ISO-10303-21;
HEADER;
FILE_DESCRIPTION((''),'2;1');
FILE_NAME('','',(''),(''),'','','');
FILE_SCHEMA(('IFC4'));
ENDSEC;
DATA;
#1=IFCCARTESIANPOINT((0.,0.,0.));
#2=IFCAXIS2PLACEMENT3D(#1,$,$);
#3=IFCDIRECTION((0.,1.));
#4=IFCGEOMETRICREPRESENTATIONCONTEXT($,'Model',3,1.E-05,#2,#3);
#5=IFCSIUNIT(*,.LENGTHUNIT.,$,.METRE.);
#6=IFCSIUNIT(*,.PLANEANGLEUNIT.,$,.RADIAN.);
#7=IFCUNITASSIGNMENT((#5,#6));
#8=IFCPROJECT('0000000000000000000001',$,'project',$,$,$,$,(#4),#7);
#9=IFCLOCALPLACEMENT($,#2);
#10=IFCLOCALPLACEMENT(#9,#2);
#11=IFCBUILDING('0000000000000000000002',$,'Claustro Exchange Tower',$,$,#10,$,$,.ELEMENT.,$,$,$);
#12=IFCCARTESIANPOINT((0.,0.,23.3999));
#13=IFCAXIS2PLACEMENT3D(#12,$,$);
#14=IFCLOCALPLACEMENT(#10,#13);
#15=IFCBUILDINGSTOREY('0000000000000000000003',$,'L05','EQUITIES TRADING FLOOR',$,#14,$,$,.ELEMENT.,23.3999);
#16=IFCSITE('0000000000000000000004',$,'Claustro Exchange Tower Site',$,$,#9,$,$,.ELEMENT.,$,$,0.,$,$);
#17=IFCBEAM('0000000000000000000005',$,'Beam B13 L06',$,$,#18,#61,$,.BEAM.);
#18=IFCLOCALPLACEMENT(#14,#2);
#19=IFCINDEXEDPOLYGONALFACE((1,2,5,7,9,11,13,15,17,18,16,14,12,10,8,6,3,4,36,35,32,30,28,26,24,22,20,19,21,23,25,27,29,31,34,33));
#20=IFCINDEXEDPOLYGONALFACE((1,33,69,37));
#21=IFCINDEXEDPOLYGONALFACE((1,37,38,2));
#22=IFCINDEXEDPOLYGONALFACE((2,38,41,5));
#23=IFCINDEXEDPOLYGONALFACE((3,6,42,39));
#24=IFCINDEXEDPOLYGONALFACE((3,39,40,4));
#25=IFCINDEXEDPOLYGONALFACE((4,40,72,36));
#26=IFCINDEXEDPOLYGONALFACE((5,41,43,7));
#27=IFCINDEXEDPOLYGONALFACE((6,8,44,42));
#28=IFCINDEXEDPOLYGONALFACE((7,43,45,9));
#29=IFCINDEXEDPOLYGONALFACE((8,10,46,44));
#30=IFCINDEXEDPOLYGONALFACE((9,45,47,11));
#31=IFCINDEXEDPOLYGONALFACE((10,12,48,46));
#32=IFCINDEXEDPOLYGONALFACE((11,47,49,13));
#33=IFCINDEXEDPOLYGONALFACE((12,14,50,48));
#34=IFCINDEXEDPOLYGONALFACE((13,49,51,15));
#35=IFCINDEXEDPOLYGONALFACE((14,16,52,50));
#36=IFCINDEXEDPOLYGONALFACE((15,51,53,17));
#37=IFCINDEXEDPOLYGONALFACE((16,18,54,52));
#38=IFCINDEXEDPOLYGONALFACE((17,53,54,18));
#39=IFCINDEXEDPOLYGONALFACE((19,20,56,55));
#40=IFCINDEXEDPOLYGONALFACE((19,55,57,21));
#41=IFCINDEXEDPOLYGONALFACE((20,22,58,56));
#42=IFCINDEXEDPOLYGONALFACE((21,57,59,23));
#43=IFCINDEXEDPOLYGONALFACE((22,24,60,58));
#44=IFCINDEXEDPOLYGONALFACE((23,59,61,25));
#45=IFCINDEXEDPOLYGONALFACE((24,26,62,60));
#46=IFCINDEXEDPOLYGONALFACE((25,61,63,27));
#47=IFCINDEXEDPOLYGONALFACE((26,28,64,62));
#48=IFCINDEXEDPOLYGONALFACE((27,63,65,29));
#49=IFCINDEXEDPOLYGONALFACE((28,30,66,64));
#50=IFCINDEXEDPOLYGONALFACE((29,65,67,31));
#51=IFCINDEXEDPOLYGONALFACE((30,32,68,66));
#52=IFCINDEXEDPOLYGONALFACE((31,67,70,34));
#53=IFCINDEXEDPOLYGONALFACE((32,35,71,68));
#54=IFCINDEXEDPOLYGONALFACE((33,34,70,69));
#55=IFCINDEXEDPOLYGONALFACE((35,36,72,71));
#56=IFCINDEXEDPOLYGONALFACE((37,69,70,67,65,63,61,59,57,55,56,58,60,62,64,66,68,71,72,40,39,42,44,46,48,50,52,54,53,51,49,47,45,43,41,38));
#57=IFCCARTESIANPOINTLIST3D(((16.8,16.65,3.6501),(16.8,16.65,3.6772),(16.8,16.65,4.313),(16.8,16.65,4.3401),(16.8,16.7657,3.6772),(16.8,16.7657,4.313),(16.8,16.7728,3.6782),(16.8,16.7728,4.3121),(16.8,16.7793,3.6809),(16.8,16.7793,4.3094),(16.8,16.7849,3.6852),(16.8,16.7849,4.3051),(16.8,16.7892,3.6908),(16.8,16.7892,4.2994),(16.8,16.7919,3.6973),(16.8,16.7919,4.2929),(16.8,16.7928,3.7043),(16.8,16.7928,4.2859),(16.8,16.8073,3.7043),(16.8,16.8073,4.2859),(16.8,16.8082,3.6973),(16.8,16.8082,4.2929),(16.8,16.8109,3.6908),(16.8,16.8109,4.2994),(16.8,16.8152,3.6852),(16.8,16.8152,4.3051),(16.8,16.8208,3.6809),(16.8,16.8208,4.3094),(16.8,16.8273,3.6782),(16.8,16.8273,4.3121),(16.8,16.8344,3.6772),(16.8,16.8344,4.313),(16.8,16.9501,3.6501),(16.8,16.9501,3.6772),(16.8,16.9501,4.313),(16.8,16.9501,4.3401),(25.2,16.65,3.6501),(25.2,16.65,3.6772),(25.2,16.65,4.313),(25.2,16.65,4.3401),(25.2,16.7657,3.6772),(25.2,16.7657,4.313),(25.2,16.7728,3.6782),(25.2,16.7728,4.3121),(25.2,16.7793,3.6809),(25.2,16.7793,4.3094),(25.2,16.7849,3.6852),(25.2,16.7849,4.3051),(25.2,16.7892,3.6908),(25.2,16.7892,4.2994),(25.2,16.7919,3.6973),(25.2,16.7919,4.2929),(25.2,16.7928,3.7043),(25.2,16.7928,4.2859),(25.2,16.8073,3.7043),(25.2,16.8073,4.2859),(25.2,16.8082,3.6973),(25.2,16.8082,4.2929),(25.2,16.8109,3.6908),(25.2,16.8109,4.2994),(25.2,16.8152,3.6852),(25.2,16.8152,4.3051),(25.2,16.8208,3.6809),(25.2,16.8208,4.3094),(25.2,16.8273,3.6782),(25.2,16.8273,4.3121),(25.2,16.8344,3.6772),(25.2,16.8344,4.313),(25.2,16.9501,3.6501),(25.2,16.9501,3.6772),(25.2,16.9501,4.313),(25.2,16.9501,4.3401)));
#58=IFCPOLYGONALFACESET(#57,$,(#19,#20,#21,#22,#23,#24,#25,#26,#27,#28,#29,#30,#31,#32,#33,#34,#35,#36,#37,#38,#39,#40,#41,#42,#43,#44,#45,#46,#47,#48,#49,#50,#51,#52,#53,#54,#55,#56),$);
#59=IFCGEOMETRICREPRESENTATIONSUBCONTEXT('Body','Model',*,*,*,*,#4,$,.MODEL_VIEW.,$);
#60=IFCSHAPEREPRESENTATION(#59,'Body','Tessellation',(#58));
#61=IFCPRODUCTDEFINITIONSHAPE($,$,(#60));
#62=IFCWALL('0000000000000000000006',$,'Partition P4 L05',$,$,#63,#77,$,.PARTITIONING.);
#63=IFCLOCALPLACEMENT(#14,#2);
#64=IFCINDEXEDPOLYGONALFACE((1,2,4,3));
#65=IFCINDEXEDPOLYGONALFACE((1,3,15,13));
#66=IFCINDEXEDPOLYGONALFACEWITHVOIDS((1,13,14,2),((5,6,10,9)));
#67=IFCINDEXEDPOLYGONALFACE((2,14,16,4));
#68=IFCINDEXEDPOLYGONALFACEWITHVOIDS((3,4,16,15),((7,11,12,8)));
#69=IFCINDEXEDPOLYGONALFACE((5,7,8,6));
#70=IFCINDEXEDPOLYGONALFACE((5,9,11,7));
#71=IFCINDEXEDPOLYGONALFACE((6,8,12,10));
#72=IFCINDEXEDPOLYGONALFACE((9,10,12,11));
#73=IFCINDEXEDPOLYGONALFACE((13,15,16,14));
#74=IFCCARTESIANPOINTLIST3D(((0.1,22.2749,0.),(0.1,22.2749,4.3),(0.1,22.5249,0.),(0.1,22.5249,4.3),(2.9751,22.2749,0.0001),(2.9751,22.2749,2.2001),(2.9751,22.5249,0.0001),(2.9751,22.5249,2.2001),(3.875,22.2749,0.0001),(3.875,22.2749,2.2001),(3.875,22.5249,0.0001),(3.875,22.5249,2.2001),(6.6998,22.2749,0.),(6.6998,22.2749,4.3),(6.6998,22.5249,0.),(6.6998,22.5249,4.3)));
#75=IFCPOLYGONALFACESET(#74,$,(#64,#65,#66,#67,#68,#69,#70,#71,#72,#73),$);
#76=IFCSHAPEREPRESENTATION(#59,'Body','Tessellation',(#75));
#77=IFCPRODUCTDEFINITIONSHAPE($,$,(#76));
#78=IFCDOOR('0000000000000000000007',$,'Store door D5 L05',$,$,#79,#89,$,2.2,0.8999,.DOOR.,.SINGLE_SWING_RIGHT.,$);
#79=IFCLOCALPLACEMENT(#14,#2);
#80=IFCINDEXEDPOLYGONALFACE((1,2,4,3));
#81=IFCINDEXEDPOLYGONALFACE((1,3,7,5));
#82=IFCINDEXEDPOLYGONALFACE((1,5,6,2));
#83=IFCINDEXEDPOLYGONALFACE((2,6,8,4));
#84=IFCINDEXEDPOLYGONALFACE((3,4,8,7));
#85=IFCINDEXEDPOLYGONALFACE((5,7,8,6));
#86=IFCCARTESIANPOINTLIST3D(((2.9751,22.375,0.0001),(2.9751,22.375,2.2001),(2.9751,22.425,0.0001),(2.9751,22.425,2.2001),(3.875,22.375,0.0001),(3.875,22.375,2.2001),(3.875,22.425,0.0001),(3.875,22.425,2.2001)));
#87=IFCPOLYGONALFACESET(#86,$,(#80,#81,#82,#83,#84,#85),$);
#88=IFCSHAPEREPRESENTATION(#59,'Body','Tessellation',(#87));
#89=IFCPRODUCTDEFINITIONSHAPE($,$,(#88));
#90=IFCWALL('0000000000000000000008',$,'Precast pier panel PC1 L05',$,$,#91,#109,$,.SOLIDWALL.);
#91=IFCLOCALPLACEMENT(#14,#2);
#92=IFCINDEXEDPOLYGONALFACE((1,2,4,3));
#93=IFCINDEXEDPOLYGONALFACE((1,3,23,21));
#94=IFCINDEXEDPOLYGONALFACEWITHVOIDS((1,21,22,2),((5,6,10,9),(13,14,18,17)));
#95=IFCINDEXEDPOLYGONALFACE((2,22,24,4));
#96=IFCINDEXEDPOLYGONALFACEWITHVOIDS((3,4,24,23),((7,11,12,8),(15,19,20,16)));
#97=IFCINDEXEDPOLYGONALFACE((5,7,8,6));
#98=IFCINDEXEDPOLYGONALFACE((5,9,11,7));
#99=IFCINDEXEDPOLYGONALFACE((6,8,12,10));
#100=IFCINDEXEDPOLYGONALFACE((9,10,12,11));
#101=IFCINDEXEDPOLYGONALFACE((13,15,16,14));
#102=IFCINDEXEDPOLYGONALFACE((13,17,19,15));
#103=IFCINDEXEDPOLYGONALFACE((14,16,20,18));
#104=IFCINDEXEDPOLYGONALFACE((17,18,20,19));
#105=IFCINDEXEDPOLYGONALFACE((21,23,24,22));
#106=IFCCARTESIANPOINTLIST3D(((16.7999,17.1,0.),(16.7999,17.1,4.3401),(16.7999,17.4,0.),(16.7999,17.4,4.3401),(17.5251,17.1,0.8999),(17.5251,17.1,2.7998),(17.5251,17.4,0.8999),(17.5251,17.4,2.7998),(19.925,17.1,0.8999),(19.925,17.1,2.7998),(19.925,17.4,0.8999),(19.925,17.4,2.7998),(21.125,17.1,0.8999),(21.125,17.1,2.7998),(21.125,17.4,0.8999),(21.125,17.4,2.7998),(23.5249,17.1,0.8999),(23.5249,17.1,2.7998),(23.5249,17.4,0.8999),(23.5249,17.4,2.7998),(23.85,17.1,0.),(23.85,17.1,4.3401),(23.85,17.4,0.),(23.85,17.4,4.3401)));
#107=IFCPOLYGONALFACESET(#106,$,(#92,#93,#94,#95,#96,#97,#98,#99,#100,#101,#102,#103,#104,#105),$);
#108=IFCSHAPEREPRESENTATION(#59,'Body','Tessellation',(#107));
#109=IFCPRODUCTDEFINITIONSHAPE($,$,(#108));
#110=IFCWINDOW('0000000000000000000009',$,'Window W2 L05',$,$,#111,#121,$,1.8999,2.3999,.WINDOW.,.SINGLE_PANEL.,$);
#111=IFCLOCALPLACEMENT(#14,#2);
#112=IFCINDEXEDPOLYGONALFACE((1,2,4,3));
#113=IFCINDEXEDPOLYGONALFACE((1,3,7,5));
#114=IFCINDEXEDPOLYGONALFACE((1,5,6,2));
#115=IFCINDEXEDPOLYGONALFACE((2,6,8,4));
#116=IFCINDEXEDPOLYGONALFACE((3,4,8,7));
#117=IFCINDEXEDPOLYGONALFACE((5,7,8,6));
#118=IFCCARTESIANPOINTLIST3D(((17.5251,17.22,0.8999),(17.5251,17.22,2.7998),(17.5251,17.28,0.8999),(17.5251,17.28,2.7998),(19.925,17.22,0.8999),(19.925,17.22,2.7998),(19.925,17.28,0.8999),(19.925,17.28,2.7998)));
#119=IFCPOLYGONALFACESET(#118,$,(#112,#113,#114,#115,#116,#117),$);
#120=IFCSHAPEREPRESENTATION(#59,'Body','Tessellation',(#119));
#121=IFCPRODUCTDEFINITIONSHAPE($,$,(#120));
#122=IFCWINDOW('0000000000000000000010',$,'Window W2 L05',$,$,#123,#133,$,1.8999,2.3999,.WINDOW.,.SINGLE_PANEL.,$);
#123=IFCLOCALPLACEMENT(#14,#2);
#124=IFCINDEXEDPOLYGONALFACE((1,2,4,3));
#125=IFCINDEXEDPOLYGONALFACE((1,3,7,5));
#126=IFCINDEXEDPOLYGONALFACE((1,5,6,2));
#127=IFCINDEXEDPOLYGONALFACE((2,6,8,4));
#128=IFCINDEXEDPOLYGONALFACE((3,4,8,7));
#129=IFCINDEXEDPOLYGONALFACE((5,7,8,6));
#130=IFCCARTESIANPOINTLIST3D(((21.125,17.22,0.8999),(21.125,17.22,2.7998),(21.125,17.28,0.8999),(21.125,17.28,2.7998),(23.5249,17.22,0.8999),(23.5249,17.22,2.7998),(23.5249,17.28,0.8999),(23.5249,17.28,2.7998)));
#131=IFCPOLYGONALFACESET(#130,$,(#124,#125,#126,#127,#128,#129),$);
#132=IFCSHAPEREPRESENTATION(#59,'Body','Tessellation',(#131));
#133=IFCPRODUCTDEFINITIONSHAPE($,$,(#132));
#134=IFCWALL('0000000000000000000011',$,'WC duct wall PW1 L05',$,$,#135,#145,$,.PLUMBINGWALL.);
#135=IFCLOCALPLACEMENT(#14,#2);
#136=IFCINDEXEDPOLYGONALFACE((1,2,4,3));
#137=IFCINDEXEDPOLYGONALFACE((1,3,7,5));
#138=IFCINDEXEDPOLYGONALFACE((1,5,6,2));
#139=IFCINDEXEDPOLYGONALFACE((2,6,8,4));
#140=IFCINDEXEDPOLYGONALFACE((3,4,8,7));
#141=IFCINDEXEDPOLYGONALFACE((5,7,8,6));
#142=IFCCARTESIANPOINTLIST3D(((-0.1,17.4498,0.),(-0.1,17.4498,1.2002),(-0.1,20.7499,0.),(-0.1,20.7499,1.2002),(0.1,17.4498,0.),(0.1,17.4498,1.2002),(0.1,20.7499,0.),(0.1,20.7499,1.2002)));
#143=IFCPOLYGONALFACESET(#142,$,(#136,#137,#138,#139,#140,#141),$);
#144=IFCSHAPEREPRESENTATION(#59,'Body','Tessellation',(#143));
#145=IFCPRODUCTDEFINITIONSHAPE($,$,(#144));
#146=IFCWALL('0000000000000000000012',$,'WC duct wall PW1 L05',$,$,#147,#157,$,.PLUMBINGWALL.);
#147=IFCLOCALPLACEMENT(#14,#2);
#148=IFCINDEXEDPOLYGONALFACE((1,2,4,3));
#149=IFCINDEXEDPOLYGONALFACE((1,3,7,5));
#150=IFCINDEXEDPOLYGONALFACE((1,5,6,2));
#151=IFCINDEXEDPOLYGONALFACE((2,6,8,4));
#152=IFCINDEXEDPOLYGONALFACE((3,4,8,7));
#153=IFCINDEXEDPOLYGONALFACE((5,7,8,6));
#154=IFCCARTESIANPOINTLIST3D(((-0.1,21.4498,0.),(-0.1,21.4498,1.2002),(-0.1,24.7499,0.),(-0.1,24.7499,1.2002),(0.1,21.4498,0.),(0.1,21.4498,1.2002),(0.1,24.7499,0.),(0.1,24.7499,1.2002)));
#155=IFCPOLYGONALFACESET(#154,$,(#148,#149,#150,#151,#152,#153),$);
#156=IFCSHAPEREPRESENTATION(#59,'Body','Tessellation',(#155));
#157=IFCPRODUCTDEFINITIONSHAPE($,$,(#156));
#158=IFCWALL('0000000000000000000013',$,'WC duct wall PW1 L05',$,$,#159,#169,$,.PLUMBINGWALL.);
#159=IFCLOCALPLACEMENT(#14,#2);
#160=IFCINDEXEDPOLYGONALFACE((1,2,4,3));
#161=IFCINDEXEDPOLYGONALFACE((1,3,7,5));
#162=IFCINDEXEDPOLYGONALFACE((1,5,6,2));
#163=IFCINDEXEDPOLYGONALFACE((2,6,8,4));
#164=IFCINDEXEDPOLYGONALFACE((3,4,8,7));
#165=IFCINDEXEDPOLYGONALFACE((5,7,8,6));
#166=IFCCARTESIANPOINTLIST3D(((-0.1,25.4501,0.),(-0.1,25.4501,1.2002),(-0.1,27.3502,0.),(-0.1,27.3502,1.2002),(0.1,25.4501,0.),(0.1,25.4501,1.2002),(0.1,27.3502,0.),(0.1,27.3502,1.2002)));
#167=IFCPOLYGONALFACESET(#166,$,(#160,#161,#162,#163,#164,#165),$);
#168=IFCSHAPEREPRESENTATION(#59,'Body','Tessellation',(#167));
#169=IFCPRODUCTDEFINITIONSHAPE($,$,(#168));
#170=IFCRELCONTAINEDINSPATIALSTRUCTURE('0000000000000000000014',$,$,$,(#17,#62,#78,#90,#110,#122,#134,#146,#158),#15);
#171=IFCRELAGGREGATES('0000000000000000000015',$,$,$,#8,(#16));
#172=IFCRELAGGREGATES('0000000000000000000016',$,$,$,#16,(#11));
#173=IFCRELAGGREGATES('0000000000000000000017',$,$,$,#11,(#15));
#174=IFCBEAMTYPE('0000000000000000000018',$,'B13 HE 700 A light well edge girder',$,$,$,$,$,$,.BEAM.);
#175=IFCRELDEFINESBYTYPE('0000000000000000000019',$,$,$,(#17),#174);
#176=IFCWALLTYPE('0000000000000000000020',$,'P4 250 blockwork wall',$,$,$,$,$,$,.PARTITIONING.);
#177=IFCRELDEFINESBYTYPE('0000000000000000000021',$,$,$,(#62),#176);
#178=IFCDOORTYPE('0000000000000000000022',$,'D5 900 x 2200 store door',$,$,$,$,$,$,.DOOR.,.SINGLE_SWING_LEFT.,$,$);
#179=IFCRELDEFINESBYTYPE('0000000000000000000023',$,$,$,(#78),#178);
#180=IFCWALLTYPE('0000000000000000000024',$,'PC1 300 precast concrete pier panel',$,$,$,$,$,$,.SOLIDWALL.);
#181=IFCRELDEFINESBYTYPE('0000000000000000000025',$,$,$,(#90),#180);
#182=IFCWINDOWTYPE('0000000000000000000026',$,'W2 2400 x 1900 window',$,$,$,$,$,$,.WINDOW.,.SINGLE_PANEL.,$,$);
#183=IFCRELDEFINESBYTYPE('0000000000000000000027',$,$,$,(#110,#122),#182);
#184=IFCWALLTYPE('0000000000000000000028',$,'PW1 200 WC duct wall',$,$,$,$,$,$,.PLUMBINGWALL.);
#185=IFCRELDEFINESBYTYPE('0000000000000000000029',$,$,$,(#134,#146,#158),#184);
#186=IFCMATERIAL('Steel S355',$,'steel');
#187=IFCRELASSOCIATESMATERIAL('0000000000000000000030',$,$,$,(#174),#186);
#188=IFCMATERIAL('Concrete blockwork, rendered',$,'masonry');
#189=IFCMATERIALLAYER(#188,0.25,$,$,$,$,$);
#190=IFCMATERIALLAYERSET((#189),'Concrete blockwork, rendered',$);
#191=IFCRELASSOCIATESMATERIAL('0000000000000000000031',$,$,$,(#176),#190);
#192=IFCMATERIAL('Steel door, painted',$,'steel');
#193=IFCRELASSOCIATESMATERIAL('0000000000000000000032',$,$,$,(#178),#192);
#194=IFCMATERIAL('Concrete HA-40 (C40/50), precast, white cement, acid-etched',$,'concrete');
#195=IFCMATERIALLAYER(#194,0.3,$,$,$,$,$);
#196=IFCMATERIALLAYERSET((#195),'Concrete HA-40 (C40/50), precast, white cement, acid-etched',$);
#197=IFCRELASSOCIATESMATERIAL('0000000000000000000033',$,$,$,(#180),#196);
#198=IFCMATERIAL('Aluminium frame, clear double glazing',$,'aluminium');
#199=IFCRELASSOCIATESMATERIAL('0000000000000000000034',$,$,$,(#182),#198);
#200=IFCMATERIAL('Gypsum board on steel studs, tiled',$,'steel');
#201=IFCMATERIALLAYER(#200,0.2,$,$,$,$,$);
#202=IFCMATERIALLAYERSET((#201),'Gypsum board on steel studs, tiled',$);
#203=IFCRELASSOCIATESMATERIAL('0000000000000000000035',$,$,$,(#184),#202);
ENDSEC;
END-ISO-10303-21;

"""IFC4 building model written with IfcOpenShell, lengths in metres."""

from ifc_helpers import new_model, si_unit, direction, frame, frame_2d, origin, origin_2d, place, context, subcontext, project, spatial, rectangle, i_section, extrude, material, layer, layer_set, material_profile, profile_set, type_object, element, fill, save


model = new_model("IFC4")

# Units and contexts
model_context = context("Model", 3, precision=1e-05, world=origin(), true_north=direction((0.0, 1.0)))
body_context = subcontext(model_context, "Body", "Model", "MODEL_VIEW")
ifc_project = project(units=[si_unit("LENGTHUNIT", "METRE"), si_unit("PLANEANGLEUNIT", "RADIAN")], contexts=[model_context])

# Site, building, storey
site_placement = place(None, origin())
site = spatial("IfcSite", under=ifc_project, at=site_placement, Name="Claustro Exchange Tower Site", CompositionType="ELEMENT", RefElevation=0.0)
building_placement = place(site_placement, origin())
building = spatial("IfcBuilding", under=site, at=building_placement, Name="Claustro Exchange Tower", CompositionType="ELEMENT")
storey_placement = place(building_placement, frame((0.0, 0.0, 23.3999)))
storey = spatial("IfcBuildingStorey", under=building, at=storey_placement, Name="L05", Description="EQUITIES TRADING FLOOR", CompositionType="ELEMENT", Elevation=23.3999)

# Beam
ifc_material_1 = material(Name="Steel S355", Category="steel")
ifc_material_profile = material_profile(ifc_material_1, i_section(OverallWidth=0.3, OverallDepth=0.6899, WebThickness=0.0144, FlangeThickness=0.0271, FilletRadius=0.0271, at=origin_2d()), Name="HE 700 A")
ifc_profile_set = profile_set([ifc_material_profile], Name="Steel S355")
beam_type = type_object("IfcBeamType", Name="B13 HE 700 A light well edge girder", PredefinedType="BEAM", material=ifc_profile_set)
beam_placement = place(storey_placement, frame((16.8, 16.8, 3.9951), z_axis=(1.0, 0.0, 0.0), x_axis=(0.0, 1.0, 0.0)))
element("IfcBeam", 1, at=beam_placement, inside=storey, type_object=beam_type, Name="Beam B13 L06", PredefinedType="BEAM", context=body_context, shape_type="SweptSolid", body=[
    extrude(i_section(OverallWidth=0.3, OverallDepth=0.6899, WebThickness=0.0144, FlangeThickness=0.0271, FilletRadius=0.0271, at=origin_2d()), origin(), (0.0, 0.0, 1.0), 8.3999),
])

# Wall, opening, door
ifc_material_2 = material(Name="Concrete blockwork, rendered", Category="masonry")
ifc_layer_1 = layer(ifc_material_2, 0.25)
ifc_layer_set_1 = layer_set([ifc_layer_1], Name="Concrete blockwork, rendered")
wall_type_1 = type_object("IfcWallType", Name="P4 250 blockwork wall", PredefinedType="PARTITIONING", material=ifc_layer_set_1)
wall_1_placement = place(storey_placement, frame((0.1001, 22.3999, 0.0), z_axis=(0.0, 0.0, 1.0), x_axis=(1.0, 0.0, 0.0)))
wall_1 = element("IfcWall", 2, at=wall_1_placement, inside=storey, type_object=wall_type_1, Name="Partition P4 L05", PredefinedType="PARTITIONING", context=body_context, shape_type="SweptSolid", body=[
    extrude(rectangle(XDim=6.5999, YDim=0.25, at=frame_2d((3.2998, 0.0))), origin(), (0.0, 0.0, 1.0), 4.3),
])
opening_1_placement = place(wall_1_placement, frame((2.875, 0.0, 0.0)))
opening_1 = element("IfcOpeningElement", 3, at=opening_1_placement, cuts=wall_1, PredefinedType="OPENING", context=body_context, shape_type="SweptSolid", body=[
    extrude(rectangle(XDim=0.8999, YDim=2.2, at=frame_2d((0.45, 1.1001))), frame((0.0, 0.135, 0.0), z_axis=(0.0, -1.0, 0.0), x_axis=(1.0, 0.0, 0.0)), (0.0, 0.0, 1.0), 0.27),
])
ifc_material_3 = material(Name="Steel door, painted", Category="steel")
door_type = type_object("IfcDoorType", Name="D5 900 x 2200 store door", OperationType="SINGLE_SWING_LEFT", PredefinedType="DOOR", material=ifc_material_3)
door_placement = place(opening_1_placement, frame((0.8999, 0.0, 0.0), z_axis=(0.0, 0.0, 1.0), x_axis=(-1.0, 0.0, 0.0)))
door = element("IfcDoor", 4, at=door_placement, inside=storey, type_object=door_type, Name="Store door D5 L05", OperationType="SINGLE_SWING_RIGHT", OverallHeight=2.2, OverallWidth=0.8999, PredefinedType="DOOR", context=body_context, shape_type="SweptSolid", body=[
    extrude(rectangle(XDim=0.8999, YDim=2.2, at=frame_2d((0.45, 1.1001))), frame((0.0, 0.0249, 0.0), z_axis=(0.0, -1.0, 0.0), x_axis=(1.0, 0.0, 0.0)), (0.0, 0.0, 1.0), 0.05),
])
fill(opening_1, door)

# Wall, openings, windows
ifc_material_4 = material(Name="Concrete HA-40 (C40/50), precast, white cement, acid-etched", Category="concrete")
ifc_layer_2 = layer(ifc_material_4, 0.3)
ifc_layer_set_2 = layer_set([ifc_layer_2], Name="Concrete HA-40 (C40/50), precast, white cement, acid-etched")
wall_type_2 = type_object("IfcWallType", Name="PC1 300 precast concrete pier panel", PredefinedType="SOLIDWALL", material=ifc_layer_set_2)
wall_2_placement = place(storey_placement, frame((16.8, 17.25, 0.0), z_axis=(0.0, 0.0, 1.0), x_axis=(1.0, 0.0, 0.0)))
wall_2 = element("IfcWall", 5, at=wall_2_placement, inside=storey, type_object=wall_type_2, Name="Precast pier panel PC1 L05", PredefinedType="SOLIDWALL", context=body_context, shape_type="SweptSolid", body=[
    extrude(rectangle(XDim=7.05, YDim=0.3, at=frame_2d((3.5249, 0.0))), origin(), (0.0, 0.0, 1.0), 4.3401),
])
opening_2_placement = place(wall_2_placement, frame((0.7251, 0.0, 0.8999)))
opening_2 = element("IfcOpeningElement", 6, at=opening_2_placement, cuts=wall_2, PredefinedType="OPENING", context=body_context, shape_type="SweptSolid", body=[
    extrude(rectangle(XDim=2.3999, YDim=1.8999, at=frame_2d((1.2, 0.95))), frame((0.0, 0.1599, 0.0), z_axis=(0.0, -1.0, 0.0), x_axis=(1.0, 0.0, 0.0)), (0.0, 0.0, 1.0), 0.3201),
])
opening_3_placement = place(wall_2_placement, frame((4.325, 0.0, 0.8999)))
opening_3 = element("IfcOpeningElement", 7, at=opening_3_placement, cuts=wall_2, PredefinedType="OPENING", context=body_context, shape_type="SweptSolid", body=[
    extrude(rectangle(XDim=2.3999, YDim=1.8999, at=frame_2d((1.2, 0.95))), frame((0.0, 0.1599, 0.0), z_axis=(0.0, -1.0, 0.0), x_axis=(1.0, 0.0, 0.0)), (0.0, 0.0, 1.0), 0.3201),
])
ifc_material_5 = material(Name="Aluminium frame, clear double glazing", Category="aluminium")
window_type = type_object("IfcWindowType", Name="W2 2400 x 1900 window", PartitioningType="SINGLE_PANEL", PredefinedType="WINDOW", material=ifc_material_5)
window_1_placement = place(opening_2_placement, origin())
window_1 = element("IfcWindow", 8, at=window_1_placement, inside=storey, type_object=window_type, Name="Window W2 L05", OverallHeight=1.8999, OverallWidth=2.3999, PartitioningType="SINGLE_PANEL", PredefinedType="WINDOW", context=body_context, shape_type="SweptSolid", body=[
    extrude(rectangle(XDim=2.3999, YDim=1.8999, at=frame_2d((1.2, 0.95))), frame((0.0, 0.03, 0.0), z_axis=(0.0, -1.0, 0.0), x_axis=(1.0, 0.0, 0.0)), (0.0, 0.0, 1.0), 0.0601),
])
fill(opening_2, window_1)
window_2_placement = place(opening_3_placement, origin())
window_2 = element("IfcWindow", 9, at=window_2_placement, inside=storey, type_object=window_type, Name="Window W2 L05", OverallHeight=1.8999, OverallWidth=2.3999, PartitioningType="SINGLE_PANEL", PredefinedType="WINDOW", context=body_context, shape_type="SweptSolid", body=[
    extrude(rectangle(XDim=2.3999, YDim=1.8999, at=frame_2d((1.2, 0.95))), frame((0.0, 0.03, 0.0), z_axis=(0.0, -1.0, 0.0), x_axis=(1.0, 0.0, 0.0)), (0.0, 0.0, 1.0), 0.0601),
])
fill(opening_3, window_2)

# Walls
ifc_material_6 = material(Name="Gypsum board on steel studs, tiled", Category="steel")
ifc_layer_3 = layer(ifc_material_6, 0.2)
ifc_layer_set_3 = layer_set([ifc_layer_3], Name="Gypsum board on steel studs, tiled")
wall_type_3 = type_object("IfcWallType", Name="PW1 200 WC duct wall", PredefinedType="PLUMBINGWALL", material=ifc_layer_set_3)
for number, where, z_axis, x_axis, name in (
    (10, (0.0, 17.45, 0.0), (0.0, 0.0, 1.0), (0.0, 1.0, 0.0), "WC duct wall PW1 L05"),
    (11, (0.0, 21.45, 0.0), (0.0, 0.0, 1.0), (0.0, 1.0, 0.0), "WC duct wall PW1 L05"),
):
    element("IfcWall", number, at=place(storey_placement, frame(where, z_axis=z_axis, x_axis=x_axis)), inside=storey, type_object=wall_type_3, Name=name, PredefinedType="PLUMBINGWALL", context=body_context, shape_type="SweptSolid", body=[
        extrude(rectangle(XDim=3.3, YDim=0.2, at=frame_2d((1.6499, 0.0))), origin(), (0.0, 0.0, 1.0), 1.2002),
    ])
wall_3_placement = place(storey_placement, frame((0.0, 25.45, 0.0), z_axis=(0.0, 0.0, 1.0), x_axis=(0.0, 1.0, 0.0)))
element("IfcWall", 12, at=wall_3_placement, inside=storey, type_object=wall_type_3, Name="WC duct wall PW1 L05", PredefinedType="PLUMBINGWALL", context=body_context, shape_type="SweptSolid", body=[
    extrude(rectangle(XDim=1.9001, YDim=0.2, at=frame_2d((0.9502, 0.0))), origin(), (0.0, 0.0, 1.0), 1.2002),
])

save(model, "model.ifc")
